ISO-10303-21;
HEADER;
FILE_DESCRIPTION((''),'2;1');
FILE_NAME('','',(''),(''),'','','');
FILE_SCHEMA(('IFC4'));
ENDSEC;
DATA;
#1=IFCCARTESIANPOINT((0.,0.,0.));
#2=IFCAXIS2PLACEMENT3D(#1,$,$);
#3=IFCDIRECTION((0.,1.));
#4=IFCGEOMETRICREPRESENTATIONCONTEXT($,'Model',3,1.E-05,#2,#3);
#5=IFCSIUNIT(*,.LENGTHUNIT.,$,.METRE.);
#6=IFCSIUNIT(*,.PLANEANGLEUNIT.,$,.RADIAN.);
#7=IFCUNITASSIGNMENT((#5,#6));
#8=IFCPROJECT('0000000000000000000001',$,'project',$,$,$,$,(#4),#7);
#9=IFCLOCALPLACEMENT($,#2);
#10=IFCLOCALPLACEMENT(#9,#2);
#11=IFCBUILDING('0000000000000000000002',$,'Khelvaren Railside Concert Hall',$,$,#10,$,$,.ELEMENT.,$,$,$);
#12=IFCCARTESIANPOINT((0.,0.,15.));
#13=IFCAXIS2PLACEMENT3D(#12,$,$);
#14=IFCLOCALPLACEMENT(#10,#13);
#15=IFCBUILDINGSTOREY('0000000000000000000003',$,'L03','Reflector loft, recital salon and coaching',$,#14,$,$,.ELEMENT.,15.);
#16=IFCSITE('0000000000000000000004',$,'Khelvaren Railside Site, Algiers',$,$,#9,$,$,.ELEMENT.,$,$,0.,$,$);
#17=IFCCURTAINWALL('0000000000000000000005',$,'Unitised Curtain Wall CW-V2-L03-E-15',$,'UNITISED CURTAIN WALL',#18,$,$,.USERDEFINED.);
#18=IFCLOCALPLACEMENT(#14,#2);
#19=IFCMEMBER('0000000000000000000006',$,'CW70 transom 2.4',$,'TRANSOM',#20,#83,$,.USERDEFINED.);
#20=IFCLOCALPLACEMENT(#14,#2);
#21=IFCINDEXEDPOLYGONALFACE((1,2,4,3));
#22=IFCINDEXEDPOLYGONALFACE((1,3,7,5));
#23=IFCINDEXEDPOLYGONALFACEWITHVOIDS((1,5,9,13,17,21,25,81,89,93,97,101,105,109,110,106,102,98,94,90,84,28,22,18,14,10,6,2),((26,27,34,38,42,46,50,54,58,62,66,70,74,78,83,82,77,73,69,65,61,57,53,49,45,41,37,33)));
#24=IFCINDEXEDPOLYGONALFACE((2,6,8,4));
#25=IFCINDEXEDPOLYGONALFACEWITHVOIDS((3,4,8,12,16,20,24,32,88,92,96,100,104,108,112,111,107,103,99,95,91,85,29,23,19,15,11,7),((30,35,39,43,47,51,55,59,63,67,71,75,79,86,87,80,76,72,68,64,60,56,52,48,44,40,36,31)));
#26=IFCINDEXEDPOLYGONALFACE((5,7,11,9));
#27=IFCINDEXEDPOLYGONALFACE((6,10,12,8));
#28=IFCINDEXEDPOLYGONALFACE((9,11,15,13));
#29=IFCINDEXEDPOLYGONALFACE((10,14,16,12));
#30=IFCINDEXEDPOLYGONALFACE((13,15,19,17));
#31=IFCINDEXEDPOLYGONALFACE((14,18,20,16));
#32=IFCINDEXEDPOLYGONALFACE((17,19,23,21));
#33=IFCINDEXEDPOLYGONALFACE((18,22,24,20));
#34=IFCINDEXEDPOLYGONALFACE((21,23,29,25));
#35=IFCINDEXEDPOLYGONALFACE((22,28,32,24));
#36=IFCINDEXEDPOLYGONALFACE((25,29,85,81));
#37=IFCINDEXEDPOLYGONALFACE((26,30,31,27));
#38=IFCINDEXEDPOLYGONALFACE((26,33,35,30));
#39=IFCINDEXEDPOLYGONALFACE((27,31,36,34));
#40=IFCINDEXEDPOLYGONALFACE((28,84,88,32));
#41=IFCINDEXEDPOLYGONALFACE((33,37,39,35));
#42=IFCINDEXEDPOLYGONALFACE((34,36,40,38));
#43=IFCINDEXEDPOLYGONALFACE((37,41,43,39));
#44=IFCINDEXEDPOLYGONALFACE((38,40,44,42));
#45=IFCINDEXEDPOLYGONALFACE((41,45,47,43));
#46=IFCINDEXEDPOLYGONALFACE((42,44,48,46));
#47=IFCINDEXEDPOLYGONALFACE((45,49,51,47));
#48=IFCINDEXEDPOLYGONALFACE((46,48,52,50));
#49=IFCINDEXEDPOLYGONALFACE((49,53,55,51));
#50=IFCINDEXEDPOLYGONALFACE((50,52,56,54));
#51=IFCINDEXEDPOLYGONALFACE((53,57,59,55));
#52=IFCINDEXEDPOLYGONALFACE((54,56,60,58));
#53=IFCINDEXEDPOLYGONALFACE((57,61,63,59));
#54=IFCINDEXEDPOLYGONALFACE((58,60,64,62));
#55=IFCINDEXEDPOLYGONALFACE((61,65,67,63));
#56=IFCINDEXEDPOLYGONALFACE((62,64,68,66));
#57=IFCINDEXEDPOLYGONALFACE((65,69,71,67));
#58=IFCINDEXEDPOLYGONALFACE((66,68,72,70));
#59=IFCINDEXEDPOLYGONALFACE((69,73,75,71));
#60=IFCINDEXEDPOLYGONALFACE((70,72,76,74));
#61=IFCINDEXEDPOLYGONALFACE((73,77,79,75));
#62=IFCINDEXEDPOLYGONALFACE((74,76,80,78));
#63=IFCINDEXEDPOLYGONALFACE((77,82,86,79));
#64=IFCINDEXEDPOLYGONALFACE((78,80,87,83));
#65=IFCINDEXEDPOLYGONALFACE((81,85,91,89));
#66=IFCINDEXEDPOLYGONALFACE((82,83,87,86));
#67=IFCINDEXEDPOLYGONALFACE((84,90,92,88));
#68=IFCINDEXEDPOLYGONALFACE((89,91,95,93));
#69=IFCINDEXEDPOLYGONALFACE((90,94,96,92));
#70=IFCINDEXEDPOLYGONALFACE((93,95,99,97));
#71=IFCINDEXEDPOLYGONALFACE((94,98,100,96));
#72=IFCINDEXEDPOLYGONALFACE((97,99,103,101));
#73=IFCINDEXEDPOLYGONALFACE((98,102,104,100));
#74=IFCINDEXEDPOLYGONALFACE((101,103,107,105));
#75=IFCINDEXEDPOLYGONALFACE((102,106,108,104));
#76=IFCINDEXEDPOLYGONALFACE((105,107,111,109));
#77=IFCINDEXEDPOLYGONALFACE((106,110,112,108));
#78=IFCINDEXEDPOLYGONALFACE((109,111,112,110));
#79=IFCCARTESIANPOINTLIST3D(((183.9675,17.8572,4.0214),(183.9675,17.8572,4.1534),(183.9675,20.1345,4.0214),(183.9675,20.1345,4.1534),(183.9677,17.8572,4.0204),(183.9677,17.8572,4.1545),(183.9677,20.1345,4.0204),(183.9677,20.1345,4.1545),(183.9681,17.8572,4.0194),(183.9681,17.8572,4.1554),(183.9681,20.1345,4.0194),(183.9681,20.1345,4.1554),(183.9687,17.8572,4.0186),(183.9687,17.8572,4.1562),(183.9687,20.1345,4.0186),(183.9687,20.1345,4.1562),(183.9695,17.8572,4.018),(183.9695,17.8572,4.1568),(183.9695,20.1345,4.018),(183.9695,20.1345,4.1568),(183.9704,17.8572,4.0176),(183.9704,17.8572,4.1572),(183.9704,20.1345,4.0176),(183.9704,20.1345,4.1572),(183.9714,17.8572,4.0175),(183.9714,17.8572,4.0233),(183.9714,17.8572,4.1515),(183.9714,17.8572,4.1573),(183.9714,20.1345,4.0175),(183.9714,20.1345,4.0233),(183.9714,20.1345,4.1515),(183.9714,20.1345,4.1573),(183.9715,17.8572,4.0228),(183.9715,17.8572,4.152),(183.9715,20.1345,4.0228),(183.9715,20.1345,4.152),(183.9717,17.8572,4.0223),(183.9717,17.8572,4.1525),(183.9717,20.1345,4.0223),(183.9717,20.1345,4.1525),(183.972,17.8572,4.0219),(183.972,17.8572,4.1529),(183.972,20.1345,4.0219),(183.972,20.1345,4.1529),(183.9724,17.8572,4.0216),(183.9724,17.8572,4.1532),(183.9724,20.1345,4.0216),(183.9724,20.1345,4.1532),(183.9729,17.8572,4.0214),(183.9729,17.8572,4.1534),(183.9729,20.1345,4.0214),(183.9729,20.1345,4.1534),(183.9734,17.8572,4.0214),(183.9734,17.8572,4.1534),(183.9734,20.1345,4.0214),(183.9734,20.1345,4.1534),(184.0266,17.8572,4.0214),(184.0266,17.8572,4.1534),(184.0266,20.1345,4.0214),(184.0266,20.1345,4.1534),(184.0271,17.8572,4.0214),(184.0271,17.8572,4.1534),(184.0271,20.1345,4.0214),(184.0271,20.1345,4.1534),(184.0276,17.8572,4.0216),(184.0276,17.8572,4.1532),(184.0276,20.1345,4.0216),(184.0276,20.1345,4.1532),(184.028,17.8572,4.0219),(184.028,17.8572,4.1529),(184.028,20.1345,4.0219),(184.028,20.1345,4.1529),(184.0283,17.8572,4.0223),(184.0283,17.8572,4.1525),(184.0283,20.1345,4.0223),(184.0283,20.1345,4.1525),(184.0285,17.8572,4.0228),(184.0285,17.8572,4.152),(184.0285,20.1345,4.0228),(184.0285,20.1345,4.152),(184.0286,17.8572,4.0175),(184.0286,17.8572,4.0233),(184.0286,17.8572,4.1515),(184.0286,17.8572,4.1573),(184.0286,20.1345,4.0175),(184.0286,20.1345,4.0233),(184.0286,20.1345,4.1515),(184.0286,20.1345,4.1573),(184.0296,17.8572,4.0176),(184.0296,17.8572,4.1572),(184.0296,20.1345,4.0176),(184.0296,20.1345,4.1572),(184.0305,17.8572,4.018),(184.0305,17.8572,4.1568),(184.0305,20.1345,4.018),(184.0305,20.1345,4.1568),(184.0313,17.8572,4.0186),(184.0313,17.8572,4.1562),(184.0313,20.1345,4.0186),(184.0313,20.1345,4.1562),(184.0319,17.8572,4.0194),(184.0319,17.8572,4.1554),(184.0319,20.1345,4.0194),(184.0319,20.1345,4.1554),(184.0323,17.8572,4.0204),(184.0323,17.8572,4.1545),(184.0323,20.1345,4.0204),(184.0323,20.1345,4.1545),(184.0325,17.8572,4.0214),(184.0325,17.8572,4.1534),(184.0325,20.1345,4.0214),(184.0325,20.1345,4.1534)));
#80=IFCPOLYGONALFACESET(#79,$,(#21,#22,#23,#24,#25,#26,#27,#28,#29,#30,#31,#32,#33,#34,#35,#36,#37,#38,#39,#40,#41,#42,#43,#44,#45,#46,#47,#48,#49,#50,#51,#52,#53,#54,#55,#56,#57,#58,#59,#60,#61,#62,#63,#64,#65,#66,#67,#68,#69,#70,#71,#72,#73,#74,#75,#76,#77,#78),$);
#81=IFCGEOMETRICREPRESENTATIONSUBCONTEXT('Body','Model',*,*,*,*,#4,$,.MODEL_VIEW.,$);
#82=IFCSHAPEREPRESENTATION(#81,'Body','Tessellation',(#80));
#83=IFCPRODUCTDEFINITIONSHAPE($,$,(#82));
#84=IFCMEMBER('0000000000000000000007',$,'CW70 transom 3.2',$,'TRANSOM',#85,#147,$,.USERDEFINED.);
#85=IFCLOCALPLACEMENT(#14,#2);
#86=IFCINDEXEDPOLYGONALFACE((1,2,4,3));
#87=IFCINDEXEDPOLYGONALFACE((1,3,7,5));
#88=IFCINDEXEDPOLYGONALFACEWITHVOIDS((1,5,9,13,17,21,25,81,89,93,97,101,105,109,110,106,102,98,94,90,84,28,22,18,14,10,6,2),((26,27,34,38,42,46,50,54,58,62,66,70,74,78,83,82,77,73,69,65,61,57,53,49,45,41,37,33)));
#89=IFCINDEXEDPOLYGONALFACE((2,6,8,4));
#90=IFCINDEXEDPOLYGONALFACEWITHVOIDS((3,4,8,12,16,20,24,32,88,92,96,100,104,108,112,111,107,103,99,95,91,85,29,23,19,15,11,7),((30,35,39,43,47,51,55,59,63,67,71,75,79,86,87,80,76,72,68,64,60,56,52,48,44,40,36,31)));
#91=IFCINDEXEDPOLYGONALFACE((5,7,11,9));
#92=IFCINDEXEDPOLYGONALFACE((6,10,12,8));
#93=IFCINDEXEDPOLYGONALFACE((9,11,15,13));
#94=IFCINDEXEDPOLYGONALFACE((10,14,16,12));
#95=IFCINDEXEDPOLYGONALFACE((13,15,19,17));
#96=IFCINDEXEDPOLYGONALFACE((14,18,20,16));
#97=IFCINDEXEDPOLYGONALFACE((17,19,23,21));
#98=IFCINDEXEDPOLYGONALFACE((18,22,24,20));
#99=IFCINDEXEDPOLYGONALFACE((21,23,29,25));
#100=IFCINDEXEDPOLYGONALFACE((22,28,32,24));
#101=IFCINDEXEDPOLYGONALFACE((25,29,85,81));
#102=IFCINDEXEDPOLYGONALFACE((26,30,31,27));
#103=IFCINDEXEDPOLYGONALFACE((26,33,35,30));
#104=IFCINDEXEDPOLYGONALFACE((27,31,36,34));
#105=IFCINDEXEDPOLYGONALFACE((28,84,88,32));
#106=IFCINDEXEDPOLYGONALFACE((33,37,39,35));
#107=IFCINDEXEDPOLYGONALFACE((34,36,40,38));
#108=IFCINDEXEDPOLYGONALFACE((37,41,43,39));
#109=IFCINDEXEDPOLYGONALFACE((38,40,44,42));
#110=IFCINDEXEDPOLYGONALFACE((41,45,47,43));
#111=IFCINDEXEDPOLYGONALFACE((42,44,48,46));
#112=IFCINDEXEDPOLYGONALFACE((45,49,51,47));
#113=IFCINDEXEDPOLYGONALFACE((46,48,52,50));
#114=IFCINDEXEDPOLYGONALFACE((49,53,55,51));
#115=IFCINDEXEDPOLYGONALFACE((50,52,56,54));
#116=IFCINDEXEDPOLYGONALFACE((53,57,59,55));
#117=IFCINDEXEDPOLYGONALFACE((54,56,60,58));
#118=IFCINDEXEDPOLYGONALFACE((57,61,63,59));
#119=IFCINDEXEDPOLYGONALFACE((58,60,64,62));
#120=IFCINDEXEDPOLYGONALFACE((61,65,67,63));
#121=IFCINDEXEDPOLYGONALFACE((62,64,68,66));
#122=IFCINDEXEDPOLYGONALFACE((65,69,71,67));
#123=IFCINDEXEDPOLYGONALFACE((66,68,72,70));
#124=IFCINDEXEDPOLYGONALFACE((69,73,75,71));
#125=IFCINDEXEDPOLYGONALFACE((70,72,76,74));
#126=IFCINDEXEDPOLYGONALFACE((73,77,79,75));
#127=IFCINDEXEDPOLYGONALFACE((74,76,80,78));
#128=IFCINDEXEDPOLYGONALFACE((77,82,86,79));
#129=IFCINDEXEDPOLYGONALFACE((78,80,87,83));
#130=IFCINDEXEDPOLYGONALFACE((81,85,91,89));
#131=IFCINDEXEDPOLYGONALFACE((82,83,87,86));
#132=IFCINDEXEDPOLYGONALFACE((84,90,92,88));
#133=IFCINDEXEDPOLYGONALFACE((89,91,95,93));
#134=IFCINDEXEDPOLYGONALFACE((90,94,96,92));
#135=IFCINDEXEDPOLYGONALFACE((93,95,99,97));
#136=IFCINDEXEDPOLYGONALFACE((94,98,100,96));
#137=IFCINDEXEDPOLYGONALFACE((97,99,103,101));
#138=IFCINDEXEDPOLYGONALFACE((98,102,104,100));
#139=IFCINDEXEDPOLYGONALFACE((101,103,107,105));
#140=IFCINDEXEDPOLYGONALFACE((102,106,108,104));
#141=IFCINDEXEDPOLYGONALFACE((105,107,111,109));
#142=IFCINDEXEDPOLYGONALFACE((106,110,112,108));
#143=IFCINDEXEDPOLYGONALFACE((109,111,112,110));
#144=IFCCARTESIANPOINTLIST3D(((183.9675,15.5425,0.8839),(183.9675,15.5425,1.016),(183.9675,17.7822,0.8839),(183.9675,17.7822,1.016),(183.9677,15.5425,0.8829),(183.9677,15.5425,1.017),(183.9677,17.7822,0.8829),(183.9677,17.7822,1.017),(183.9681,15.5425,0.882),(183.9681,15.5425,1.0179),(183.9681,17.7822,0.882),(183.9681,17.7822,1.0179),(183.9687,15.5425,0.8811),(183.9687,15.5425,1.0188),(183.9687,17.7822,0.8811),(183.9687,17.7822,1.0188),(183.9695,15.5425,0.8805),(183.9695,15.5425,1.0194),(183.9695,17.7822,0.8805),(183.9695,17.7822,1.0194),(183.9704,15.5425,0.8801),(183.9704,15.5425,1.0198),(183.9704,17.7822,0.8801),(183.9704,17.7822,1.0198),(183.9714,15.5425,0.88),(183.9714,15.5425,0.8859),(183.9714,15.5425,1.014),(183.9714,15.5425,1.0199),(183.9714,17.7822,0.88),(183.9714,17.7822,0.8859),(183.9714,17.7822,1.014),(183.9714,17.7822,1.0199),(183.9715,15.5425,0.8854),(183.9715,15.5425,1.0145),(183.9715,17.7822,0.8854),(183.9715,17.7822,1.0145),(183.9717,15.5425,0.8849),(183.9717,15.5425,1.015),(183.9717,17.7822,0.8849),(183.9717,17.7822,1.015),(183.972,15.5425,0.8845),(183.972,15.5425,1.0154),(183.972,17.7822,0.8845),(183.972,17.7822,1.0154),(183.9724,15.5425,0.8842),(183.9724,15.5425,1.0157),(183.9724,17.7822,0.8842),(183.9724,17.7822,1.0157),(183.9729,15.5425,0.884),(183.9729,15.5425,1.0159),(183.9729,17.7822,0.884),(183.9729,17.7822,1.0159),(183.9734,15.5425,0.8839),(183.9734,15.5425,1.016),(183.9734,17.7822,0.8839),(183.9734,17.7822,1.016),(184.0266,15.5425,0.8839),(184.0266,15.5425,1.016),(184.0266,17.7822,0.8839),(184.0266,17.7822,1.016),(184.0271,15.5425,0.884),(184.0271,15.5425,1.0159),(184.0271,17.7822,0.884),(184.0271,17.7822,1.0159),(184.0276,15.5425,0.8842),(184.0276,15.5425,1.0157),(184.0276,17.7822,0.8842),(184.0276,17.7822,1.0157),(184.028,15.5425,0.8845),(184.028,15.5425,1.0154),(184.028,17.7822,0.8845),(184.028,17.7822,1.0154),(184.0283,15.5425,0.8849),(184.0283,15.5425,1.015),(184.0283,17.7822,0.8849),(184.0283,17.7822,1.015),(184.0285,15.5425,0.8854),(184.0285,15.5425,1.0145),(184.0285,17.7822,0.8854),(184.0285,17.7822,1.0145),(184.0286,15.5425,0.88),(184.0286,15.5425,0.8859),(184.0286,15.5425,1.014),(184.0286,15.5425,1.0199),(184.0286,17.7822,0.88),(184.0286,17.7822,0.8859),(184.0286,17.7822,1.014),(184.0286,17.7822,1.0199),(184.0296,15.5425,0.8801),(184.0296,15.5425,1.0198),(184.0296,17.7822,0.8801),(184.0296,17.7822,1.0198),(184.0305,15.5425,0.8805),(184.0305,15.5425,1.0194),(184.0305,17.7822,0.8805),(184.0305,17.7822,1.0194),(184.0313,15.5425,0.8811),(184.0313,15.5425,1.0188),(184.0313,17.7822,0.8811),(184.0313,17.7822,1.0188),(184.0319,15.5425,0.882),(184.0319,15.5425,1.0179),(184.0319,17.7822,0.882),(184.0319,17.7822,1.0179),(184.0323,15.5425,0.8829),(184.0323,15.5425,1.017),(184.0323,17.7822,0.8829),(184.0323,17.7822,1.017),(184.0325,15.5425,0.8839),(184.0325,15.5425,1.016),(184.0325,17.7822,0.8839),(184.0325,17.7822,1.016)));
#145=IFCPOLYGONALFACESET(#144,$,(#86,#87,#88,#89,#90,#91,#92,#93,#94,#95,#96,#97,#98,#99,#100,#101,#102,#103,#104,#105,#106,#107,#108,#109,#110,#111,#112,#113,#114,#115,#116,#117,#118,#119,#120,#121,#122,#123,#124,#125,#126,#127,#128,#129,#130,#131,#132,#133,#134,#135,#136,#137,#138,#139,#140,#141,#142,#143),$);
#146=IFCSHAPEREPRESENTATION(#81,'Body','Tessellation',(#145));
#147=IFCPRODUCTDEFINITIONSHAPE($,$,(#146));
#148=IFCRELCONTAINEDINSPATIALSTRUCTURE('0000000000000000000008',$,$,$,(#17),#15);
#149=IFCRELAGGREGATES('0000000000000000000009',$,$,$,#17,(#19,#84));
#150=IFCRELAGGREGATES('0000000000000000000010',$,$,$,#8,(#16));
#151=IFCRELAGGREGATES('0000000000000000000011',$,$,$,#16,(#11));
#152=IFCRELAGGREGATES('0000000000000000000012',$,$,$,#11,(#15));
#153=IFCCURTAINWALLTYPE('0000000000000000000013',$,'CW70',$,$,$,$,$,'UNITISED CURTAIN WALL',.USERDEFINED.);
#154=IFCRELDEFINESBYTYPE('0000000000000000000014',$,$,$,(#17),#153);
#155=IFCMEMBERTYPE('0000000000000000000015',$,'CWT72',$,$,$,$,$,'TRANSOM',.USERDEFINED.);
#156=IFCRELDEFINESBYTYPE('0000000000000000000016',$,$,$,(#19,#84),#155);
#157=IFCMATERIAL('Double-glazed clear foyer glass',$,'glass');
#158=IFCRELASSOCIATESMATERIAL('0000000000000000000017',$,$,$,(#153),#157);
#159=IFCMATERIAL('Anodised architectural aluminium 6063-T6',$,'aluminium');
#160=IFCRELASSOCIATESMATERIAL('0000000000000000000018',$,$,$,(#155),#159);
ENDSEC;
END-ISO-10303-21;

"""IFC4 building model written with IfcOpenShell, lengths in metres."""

from ifc_helpers import new_model, si_unit, direction, frame, origin, origin_2d, place, context, subcontext, project, spatial, hollow_rectangle, extrude, material, material_profile, profile_set, type_object, element, aggregate, save


model = new_model("IFC4")

# Units and contexts
model_context = context("Model", 3, precision=1e-05, world=origin(), true_north=direction((0.0, 1.0)))
body_context = subcontext(model_context, "Body", "Model", "MODEL_VIEW")
ifc_project = project(units=[si_unit("LENGTHUNIT", "METRE"), si_unit("PLANEANGLEUNIT", "RADIAN")], contexts=[model_context])

# Site, building, storey
site_placement = place(None, origin())
site = spatial("IfcSite", under=ifc_project, at=site_placement, Name="Khelvaren Railside Site, Algiers", CompositionType="ELEMENT", RefElevation=0.0)
building_placement = place(site_placement, origin())
building = spatial("IfcBuilding", under=site, at=building_placement, Name="Khelvaren Railside Concert Hall", CompositionType="ELEMENT")
storey_placement = place(building_placement, frame((0.0, 0.0, 15.0)))
storey = spatial("IfcBuildingStorey", under=building, at=storey_placement, Name="L03", Description="Reflector loft, recital salon and coaching", CompositionType="ELEMENT", Elevation=15.0)

# Curtain wall
ifc_material_1 = material(Name="Double-glazed clear foyer glass", Category="glass")
curtain_wall_type_1 = type_object("IfcCurtainWallType", Name="CW70", ElementType="UNITISED CURTAIN WALL", PredefinedType="USERDEFINED", material=ifc_material_1)
curtain_wall_1_placement = place(storey_placement, origin())
curtain_wall_1 = element("IfcCurtainWall", 1, at=curtain_wall_1_placement, inside=storey, type_object=curtain_wall_type_1, Name="Unitised Curtain Wall CW-V2-L03-E-15", ObjectType="UNITISED CURTAIN WALL", PredefinedType="USERDEFINED")
ifc_material_2 = material(Name="Anodised architectural aluminium 6063-T6", Category="aluminium")

# Members
ifc_material_profile_1 = material_profile(ifc_material_2, hollow_rectangle(XDim=0.0649, YDim=0.1399, WallThickness=0.0039, InnerFilletRadius=0.002, OuterFilletRadius=0.0039, at=origin_2d()), Name="CWT 65x140x4")
ifc_profile_set_1 = profile_set([ifc_material_profile_1], Name="Anodised architectural aluminium 6063-T6")
member_type_1 = type_object("IfcMemberType", Name="CWT72", ElementType="TRANSOM", PredefinedType="USERDEFINED", material=ifc_profile_set_1)
member_1_placement = place(storey_placement, frame((184.0, 20.1345, 4.0874), z_axis=(0.0, -1.0, 0.0), x_axis=(1.0, 0.0, 0.0)))
member_1 = element("IfcMember", 2, at=member_1_placement, type_object=member_type_1, Name="CW70 transom 2.4", ObjectType="TRANSOM", PredefinedType="USERDEFINED", context=body_context, shape_type="SweptSolid", body=[
    extrude(hollow_rectangle(XDim=0.0649, YDim=0.1399, WallThickness=0.0039, InnerFilletRadius=0.002, OuterFilletRadius=0.0039, at=origin_2d()), origin(), (0.0, 0.0, 1.0), 2.2773),
])
member_2_placement = place(storey_placement, frame((184.0, 17.7822, 0.95), z_axis=(0.0, -1.0, 0.0), x_axis=(1.0, 0.0, 0.0)))
member_2 = element("IfcMember", 3, at=member_2_placement, type_object=member_type_1, Name="CW70 transom 3.2", ObjectType="TRANSOM", PredefinedType="USERDEFINED", context=body_context, shape_type="SweptSolid", body=[
    extrude(hollow_rectangle(XDim=0.0649, YDim=0.1399, WallThickness=0.0039, InnerFilletRadius=0.002, OuterFilletRadius=0.0039, at=origin_2d()), origin(), (0.0, 0.0, 1.0), 2.2397),
])

aggregate(curtain_wall_1, [member_1, member_2])

save(model, "model.ifc")
